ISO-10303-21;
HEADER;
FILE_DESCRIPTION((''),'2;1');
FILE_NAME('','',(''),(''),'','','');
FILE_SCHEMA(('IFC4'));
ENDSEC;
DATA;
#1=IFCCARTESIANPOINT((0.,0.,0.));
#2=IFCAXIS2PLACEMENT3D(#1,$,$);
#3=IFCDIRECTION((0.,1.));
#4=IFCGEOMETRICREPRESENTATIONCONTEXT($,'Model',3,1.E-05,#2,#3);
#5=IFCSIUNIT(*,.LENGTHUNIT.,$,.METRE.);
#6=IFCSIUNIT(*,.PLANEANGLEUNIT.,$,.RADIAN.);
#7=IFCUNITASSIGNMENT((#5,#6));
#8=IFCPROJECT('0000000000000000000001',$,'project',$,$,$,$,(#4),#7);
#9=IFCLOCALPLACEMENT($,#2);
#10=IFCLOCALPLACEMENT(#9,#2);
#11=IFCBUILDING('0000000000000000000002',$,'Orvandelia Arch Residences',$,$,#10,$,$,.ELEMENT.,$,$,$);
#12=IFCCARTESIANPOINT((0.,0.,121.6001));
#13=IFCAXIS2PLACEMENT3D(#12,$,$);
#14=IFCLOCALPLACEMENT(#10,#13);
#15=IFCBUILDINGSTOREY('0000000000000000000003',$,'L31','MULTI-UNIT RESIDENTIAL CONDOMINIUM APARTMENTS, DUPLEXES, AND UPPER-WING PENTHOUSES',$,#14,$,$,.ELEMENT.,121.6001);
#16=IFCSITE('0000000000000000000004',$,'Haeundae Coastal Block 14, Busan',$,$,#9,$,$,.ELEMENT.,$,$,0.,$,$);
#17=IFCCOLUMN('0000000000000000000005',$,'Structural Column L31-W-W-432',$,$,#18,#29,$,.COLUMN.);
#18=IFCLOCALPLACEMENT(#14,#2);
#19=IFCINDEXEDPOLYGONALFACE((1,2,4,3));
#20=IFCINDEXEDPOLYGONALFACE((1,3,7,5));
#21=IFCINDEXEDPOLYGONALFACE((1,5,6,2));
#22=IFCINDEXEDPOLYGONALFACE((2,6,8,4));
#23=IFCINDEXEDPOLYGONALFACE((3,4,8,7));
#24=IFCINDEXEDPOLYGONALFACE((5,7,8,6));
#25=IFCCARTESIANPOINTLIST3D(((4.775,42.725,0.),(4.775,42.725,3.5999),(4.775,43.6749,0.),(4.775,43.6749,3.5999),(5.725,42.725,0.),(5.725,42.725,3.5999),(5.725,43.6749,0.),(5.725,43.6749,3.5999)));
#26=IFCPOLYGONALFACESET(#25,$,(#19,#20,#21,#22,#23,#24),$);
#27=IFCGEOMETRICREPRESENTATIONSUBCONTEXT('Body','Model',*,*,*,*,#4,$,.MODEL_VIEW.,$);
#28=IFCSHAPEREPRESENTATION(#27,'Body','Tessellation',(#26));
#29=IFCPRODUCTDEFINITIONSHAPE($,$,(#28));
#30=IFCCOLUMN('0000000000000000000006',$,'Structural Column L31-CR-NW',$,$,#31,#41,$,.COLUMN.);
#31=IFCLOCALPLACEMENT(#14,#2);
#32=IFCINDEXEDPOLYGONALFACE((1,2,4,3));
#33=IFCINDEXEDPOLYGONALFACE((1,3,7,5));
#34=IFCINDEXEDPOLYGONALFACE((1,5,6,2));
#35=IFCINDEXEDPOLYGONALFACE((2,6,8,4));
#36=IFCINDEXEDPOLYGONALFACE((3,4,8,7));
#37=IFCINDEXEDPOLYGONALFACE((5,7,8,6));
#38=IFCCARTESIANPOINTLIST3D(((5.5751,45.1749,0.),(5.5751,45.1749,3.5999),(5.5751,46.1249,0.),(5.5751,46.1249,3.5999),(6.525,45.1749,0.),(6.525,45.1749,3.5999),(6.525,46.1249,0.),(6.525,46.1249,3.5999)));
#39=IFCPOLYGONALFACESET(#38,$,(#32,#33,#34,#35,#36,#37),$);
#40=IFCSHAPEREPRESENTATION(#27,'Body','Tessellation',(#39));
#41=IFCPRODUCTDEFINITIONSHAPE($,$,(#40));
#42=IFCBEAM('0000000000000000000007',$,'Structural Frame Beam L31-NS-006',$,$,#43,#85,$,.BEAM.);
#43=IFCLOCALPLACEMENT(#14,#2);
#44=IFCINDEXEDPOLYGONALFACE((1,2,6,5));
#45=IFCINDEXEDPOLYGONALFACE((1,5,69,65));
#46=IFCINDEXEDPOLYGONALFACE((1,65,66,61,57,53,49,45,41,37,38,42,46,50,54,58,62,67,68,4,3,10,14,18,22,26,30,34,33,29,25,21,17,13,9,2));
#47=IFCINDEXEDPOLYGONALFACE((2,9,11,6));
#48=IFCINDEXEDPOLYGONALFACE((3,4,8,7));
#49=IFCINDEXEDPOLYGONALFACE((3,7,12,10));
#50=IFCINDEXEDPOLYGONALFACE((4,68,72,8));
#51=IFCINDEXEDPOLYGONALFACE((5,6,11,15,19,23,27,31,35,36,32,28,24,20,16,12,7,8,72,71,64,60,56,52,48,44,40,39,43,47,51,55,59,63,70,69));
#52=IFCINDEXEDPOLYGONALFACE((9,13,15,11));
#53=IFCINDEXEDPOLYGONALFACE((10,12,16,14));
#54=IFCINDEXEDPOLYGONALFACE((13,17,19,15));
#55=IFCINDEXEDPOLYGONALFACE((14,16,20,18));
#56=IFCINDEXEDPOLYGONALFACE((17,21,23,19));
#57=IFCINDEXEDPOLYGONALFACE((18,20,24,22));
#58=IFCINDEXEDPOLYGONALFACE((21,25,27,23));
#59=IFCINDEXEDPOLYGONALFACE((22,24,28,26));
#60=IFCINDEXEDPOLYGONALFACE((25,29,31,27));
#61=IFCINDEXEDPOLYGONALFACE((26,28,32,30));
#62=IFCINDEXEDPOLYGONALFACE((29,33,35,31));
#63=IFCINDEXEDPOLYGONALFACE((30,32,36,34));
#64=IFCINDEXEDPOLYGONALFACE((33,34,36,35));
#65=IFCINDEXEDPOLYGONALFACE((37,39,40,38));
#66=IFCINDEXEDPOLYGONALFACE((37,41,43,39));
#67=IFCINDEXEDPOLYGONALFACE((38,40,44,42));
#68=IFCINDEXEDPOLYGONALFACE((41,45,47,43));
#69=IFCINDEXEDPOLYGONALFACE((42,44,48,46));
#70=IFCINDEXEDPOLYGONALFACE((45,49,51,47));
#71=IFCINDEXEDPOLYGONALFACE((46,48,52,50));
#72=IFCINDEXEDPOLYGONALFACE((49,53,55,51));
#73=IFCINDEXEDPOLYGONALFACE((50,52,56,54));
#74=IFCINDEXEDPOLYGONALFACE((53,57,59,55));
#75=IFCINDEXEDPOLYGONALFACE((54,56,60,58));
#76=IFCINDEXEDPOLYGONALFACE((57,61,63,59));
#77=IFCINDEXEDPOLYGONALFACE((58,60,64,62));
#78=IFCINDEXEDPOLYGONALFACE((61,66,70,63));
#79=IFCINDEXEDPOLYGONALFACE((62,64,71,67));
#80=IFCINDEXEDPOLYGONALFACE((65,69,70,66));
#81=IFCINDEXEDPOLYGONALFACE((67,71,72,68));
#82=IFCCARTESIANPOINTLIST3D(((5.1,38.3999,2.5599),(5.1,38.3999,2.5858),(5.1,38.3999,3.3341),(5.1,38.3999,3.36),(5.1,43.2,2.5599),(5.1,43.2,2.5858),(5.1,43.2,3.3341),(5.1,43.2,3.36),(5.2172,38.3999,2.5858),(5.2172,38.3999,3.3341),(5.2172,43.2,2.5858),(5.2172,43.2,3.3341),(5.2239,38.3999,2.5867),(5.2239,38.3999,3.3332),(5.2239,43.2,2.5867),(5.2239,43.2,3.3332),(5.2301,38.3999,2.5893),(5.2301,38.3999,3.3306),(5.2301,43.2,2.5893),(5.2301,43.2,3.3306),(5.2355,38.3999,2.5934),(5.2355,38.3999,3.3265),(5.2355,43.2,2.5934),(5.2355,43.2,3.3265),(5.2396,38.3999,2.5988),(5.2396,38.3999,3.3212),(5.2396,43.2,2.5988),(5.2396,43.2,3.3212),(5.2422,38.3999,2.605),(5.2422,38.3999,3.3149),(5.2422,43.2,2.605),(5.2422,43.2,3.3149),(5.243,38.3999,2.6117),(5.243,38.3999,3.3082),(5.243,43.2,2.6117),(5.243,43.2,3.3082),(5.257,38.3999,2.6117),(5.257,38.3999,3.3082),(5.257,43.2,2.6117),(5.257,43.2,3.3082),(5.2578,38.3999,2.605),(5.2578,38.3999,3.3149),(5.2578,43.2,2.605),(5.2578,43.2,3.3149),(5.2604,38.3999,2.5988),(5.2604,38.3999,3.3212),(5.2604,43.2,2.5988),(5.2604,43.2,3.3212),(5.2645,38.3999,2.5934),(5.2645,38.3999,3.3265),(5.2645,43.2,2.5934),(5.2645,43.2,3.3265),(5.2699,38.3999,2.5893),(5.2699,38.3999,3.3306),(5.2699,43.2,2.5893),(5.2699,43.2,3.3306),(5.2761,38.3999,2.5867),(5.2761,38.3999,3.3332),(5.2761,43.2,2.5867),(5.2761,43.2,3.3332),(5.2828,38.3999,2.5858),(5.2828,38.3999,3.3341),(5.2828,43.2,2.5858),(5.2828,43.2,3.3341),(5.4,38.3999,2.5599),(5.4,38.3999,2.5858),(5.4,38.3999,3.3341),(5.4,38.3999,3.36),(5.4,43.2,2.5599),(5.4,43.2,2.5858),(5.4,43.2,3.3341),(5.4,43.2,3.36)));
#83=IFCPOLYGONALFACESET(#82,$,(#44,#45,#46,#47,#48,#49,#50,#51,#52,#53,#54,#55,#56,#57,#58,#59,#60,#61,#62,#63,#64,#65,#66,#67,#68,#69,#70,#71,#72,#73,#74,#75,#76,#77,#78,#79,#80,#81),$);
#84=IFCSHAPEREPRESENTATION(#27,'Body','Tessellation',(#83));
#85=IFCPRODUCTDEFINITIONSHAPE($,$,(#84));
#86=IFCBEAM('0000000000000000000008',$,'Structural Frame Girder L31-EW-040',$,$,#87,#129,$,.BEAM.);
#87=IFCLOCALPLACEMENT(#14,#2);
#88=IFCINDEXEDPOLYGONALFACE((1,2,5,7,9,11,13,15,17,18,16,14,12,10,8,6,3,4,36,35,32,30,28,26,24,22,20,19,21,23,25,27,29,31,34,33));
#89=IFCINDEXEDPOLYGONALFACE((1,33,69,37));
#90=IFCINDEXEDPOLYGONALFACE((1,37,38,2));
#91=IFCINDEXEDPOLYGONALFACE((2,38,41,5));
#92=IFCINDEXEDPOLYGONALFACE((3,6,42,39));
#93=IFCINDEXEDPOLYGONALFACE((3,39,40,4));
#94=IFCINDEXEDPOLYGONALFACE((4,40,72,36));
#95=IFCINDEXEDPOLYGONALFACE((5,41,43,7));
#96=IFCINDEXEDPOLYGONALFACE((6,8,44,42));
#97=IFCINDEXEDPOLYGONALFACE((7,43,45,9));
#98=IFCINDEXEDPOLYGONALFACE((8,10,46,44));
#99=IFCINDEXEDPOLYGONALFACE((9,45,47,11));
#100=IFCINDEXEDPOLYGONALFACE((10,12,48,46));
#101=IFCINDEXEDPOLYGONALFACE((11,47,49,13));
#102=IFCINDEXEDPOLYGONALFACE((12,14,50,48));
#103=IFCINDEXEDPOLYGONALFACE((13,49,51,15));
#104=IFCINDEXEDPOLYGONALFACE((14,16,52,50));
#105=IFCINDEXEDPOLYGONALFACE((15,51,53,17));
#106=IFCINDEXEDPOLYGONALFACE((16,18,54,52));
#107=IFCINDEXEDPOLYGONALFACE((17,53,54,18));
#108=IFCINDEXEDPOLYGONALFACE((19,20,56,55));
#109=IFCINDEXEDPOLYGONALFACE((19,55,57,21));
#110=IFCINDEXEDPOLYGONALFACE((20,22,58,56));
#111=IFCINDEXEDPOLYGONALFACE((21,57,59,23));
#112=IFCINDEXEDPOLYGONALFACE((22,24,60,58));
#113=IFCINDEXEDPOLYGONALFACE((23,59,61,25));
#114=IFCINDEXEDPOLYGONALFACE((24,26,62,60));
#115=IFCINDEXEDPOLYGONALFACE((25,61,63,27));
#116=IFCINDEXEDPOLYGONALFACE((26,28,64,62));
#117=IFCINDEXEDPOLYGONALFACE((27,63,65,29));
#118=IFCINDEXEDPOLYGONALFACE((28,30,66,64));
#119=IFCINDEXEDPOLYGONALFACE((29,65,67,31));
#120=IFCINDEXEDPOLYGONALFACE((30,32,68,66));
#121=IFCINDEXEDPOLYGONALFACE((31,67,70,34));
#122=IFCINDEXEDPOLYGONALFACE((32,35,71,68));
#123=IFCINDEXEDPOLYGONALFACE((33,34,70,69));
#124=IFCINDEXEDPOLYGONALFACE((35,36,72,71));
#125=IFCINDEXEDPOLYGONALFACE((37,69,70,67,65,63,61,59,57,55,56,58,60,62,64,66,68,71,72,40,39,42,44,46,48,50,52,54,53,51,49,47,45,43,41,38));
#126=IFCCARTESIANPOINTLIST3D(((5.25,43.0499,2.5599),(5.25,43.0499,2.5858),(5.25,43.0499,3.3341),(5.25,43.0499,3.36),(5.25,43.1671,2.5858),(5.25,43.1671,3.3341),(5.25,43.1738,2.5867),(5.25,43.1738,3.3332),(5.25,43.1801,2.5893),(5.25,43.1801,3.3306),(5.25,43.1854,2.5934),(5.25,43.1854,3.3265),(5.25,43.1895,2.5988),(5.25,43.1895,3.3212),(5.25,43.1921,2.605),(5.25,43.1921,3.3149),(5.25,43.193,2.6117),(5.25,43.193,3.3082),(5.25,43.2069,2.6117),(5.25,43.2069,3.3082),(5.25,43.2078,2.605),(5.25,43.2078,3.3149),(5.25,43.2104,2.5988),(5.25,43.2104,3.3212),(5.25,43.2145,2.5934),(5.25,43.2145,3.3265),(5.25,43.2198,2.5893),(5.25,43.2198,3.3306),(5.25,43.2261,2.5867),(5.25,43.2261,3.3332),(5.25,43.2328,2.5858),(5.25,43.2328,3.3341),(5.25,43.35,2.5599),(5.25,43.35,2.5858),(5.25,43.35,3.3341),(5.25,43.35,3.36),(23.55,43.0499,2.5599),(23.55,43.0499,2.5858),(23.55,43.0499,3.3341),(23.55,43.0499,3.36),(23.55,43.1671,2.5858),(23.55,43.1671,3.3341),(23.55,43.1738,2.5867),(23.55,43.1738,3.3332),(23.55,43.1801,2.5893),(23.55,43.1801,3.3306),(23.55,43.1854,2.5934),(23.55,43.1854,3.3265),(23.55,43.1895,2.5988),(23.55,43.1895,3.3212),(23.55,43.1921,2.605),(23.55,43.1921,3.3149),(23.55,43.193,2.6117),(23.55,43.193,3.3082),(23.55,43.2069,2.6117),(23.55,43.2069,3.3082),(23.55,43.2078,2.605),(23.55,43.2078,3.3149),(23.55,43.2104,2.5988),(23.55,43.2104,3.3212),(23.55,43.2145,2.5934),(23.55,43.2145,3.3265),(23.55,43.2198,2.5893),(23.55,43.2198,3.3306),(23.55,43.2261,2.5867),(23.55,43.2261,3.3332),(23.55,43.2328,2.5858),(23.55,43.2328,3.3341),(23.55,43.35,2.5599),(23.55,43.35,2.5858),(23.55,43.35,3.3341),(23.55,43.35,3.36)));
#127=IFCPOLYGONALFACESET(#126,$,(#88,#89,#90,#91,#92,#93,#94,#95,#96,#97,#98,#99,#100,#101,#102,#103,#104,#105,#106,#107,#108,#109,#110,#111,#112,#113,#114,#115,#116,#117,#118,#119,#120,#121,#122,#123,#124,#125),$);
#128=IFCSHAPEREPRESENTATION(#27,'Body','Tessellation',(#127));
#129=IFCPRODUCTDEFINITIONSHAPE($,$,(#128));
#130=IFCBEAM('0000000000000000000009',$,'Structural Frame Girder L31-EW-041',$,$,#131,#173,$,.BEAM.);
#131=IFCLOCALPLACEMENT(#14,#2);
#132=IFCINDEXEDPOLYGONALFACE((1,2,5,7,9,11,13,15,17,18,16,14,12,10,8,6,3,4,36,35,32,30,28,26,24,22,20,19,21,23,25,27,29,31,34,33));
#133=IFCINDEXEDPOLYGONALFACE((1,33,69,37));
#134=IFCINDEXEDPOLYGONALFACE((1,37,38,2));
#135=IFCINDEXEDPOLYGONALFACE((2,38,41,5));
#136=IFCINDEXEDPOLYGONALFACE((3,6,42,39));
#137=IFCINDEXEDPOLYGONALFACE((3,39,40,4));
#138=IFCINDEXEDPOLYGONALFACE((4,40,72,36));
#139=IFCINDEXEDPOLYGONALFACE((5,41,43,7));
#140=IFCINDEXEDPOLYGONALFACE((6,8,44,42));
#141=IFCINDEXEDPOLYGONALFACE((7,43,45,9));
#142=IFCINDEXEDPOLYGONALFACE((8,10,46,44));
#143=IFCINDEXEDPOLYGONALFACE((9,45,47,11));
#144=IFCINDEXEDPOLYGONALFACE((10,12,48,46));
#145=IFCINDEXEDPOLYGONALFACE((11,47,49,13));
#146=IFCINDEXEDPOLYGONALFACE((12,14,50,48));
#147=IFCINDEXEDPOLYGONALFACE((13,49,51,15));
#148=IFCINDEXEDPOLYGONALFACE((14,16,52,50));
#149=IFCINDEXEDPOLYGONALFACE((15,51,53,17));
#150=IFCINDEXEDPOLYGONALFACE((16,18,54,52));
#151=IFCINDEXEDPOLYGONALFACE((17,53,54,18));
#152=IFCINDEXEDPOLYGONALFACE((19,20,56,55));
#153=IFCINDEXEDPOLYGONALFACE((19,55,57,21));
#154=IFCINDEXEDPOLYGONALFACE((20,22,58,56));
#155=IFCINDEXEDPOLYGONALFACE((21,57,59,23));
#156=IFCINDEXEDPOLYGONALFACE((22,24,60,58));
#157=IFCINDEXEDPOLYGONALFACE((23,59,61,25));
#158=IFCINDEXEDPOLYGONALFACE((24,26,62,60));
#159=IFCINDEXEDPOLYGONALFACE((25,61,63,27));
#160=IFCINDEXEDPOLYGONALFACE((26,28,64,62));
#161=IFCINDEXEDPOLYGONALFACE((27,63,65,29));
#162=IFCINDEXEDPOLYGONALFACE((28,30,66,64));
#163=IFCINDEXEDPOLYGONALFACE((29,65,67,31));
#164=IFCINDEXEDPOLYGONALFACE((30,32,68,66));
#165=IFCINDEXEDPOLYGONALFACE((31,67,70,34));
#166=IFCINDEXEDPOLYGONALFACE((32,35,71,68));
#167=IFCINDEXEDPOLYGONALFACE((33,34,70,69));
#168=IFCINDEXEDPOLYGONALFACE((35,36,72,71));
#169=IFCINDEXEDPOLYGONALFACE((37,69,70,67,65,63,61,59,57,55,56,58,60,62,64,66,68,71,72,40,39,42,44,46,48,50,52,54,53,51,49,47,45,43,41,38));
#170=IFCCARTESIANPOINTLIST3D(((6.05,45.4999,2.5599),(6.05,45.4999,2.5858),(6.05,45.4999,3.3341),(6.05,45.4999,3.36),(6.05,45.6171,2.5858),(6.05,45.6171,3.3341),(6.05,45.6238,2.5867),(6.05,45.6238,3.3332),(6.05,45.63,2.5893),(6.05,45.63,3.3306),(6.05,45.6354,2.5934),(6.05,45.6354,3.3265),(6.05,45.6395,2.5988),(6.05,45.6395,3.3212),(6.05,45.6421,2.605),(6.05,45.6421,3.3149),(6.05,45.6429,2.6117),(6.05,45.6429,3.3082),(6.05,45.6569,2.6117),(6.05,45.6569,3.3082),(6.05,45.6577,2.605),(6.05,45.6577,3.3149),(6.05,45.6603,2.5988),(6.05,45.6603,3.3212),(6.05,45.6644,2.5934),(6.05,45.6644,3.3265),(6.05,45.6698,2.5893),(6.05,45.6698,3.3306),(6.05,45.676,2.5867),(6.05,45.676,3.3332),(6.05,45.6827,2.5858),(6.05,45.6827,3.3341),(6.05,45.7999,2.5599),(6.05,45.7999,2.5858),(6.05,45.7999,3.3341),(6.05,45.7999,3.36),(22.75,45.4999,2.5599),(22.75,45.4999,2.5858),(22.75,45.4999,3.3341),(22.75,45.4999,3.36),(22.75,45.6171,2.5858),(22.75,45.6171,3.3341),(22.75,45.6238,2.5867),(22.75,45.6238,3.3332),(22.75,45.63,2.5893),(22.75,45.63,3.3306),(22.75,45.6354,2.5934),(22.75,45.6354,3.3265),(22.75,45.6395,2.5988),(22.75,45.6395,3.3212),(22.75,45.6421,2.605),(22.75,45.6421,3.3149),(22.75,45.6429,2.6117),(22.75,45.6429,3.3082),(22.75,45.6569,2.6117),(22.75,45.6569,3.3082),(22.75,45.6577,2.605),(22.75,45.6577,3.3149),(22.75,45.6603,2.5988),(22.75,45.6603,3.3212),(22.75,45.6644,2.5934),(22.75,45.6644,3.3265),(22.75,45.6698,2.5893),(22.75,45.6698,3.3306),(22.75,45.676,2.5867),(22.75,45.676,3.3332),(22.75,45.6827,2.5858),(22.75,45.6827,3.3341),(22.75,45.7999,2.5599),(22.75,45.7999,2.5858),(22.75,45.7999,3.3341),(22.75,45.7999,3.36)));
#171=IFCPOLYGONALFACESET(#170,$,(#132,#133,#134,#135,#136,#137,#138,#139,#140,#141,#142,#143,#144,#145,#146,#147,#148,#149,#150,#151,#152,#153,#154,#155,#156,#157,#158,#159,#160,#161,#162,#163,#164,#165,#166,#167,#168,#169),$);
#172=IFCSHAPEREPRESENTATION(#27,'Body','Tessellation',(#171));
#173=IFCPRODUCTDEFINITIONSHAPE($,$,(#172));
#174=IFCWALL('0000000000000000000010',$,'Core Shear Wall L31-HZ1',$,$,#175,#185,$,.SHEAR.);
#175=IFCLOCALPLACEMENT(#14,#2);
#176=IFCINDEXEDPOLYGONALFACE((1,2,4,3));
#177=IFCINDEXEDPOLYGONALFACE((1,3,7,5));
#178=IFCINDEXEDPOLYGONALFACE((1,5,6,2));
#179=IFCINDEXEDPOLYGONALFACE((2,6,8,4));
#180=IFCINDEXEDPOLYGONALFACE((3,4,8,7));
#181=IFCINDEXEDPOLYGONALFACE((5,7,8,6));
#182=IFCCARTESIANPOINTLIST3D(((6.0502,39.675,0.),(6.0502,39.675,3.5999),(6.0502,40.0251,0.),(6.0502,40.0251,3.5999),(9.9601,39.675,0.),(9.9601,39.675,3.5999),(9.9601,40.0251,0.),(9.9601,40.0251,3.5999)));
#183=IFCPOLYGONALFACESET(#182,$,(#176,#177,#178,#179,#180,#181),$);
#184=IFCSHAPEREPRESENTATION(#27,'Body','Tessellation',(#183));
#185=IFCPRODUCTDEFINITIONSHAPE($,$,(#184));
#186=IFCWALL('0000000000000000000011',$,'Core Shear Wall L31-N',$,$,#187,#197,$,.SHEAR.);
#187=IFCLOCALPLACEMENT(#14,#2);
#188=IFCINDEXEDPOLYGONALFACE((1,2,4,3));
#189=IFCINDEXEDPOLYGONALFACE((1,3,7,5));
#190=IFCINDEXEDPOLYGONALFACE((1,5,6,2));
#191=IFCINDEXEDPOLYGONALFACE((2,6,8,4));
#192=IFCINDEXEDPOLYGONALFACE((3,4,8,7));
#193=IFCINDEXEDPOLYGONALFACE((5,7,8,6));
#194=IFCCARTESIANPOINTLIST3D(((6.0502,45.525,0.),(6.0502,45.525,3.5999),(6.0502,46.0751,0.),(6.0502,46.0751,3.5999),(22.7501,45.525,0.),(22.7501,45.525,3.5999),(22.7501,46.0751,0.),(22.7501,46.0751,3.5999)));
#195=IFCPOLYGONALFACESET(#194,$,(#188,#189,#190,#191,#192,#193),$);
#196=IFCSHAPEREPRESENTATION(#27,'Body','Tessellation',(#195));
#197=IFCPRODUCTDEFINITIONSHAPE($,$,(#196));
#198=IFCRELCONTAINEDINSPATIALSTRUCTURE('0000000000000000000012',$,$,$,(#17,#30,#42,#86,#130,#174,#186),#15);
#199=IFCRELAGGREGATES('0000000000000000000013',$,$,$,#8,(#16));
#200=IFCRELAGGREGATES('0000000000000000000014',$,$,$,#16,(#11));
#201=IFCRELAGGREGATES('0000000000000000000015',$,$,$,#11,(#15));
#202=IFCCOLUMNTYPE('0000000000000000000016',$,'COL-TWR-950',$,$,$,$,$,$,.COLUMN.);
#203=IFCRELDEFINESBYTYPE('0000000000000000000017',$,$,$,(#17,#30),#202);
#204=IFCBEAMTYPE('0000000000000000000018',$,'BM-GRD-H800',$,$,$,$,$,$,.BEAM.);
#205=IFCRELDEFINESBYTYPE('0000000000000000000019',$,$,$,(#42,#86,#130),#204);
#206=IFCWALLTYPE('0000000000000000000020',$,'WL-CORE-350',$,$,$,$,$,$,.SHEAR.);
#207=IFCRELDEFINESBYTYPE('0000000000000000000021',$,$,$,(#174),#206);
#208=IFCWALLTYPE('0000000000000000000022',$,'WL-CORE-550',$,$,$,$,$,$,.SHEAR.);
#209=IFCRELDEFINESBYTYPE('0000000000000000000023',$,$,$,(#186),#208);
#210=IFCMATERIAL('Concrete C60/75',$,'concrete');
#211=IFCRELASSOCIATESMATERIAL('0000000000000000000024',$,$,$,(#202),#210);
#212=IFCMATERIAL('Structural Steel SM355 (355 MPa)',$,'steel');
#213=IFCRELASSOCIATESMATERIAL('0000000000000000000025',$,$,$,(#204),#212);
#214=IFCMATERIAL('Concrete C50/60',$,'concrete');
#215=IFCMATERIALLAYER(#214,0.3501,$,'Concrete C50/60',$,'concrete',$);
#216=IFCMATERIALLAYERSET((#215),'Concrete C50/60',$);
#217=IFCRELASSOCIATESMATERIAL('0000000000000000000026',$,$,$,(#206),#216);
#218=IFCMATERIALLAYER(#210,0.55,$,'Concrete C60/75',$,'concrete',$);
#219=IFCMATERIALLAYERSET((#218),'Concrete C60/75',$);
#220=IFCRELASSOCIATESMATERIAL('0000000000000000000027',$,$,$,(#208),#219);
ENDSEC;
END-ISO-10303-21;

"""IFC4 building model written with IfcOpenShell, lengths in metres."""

from ifc_helpers import new_model, si_unit, direction, frame, frame_2d, origin, origin_2d, place, context, subcontext, project, spatial, rectangle, i_section, extrude, material, layer, layer_set, material_profile, profile_set, type_object, element, save


model = new_model("IFC4")

# Units and contexts
model_context = context("Model", 3, precision=1e-05, world=origin(), true_north=direction((0.0, 1.0)))
body_context = subcontext(model_context, "Body", "Model", "MODEL_VIEW")
ifc_project = project(units=[si_unit("LENGTHUNIT", "METRE"), si_unit("PLANEANGLEUNIT", "RADIAN")], contexts=[model_context])

# Site, building, storey
site_placement = place(None, origin())
site = spatial("IfcSite", under=ifc_project, at=site_placement, Name="Haeundae Coastal Block 14, Busan", CompositionType="ELEMENT", RefElevation=0.0)
building_placement = place(site_placement, origin())
building = spatial("IfcBuilding", under=site, at=building_placement, Name="Orvandelia Arch Residences", CompositionType="ELEMENT")
storey_placement = place(building_placement, frame((0.0, 0.0, 121.6001)))
storey = spatial("IfcBuildingStorey", under=building, at=storey_placement, Name="L31", Description="MULTI-UNIT RESIDENTIAL CONDOMINIUM APARTMENTS, DUPLEXES, AND UPPER-WING PENTHOUSES", CompositionType="ELEMENT", Elevation=121.6001)

# Columns
ifc_material_1 = material(Name="Concrete C60/75", Category="concrete")
ifc_material_profile_1 = material_profile(ifc_material_1, rectangle(XDim=0.95, YDim=0.95, at=origin_2d()), Name="Concrete C60/75", Category="concrete")
ifc_profile_set_1 = profile_set([ifc_material_profile_1], Name="Concrete C60/75")
column_type = type_object("IfcColumnType", Name="COL-TWR-950", PredefinedType="COLUMN", material=ifc_profile_set_1)
for number, where, z_axis, x_axis, name in (
    (1, (5.25, 43.2, 0.0), (0.0, 0.0, 1.0), (1.0, 0.0, 0.0), "Structural Column L31-W-W-432"),
    (2, (6.05, 45.6499, 0.0), (0.0, 0.0, 1.0), (1.0, 0.0, 0.0), "Structural Column L31-CR-NW"),
):
    element("IfcColumn", number, at=place(storey_placement, frame(where, z_axis=z_axis, x_axis=x_axis)), inside=storey, type_object=column_type, Name=name, PredefinedType="COLUMN", context=body_context, shape_type="SweptSolid", body=[
        extrude(rectangle(XDim=0.95, YDim=0.95, at=origin_2d()), origin(), (0.0, 0.0, 1.0), 3.5999),
    ])

# Beams
ifc_material_2 = material(Name="Structural Steel SM355 (355 MPa)", Category="steel")
ifc_material_profile_2 = material_profile(ifc_material_2, i_section(OverallWidth=0.3, OverallDepth=0.8, WebThickness=0.0139, FlangeThickness=0.0259, FilletRadius=0.0259, at=origin_2d()), Name="Structural Steel SM355 (355 MPa)", Category="steel")
ifc_profile_set_2 = profile_set([ifc_material_profile_2], Name="Structural Steel SM355 (355 MPa)")
beam_type = type_object("IfcBeamType", Name="BM-GRD-H800", PredefinedType="BEAM", material=ifc_profile_set_2)
beam_1_placement = place(storey_placement, frame((5.25, 38.3999, 2.96), z_axis=(0.0, 1.0, 0.0), x_axis=(-1.0, 0.0, 0.0)))
element("IfcBeam", 3, at=beam_1_placement, inside=storey, type_object=beam_type, Name="Structural Frame Beam L31-NS-006", PredefinedType="BEAM", context=body_context, shape_type="SweptSolid", body=[
    extrude(i_section(OverallWidth=0.3, OverallDepth=0.8, WebThickness=0.0139, FlangeThickness=0.0259, FilletRadius=0.0259, at=origin_2d()), origin(), (0.0, 0.0, 1.0), 4.8),
])
beam_2_placement = place(storey_placement, frame((5.25, 43.2, 2.96), z_axis=(1.0, 0.0, 0.0), x_axis=(0.0, 1.0, 0.0)))
element("IfcBeam", 4, at=beam_2_placement, inside=storey, type_object=beam_type, Name="Structural Frame Girder L31-EW-040", PredefinedType="BEAM", context=body_context, shape_type="SweptSolid", body=[
    extrude(i_section(OverallWidth=0.3, OverallDepth=0.8, WebThickness=0.0139, FlangeThickness=0.0259, FilletRadius=0.0259, at=origin_2d()), origin(), (0.0, 0.0, 1.0), 18.3),
])
beam_3_placement = place(storey_placement, frame((6.05, 45.6499, 2.96), z_axis=(1.0, 0.0, 0.0), x_axis=(0.0, 1.0, 0.0)))
element("IfcBeam", 5, at=beam_3_placement, inside=storey, type_object=beam_type, Name="Structural Frame Girder L31-EW-041", PredefinedType="BEAM", context=body_context, shape_type="SweptSolid", body=[
    extrude(i_section(OverallWidth=0.3, OverallDepth=0.8, WebThickness=0.0139, FlangeThickness=0.0259, FilletRadius=0.0259, at=origin_2d()), origin(), (0.0, 0.0, 1.0), 16.7),
])

# Walls
ifc_material_3 = material(Name="Concrete C50/60", Category="concrete")
ifc_layer_1 = layer(ifc_material_3, 0.3501, Name="Concrete C50/60", Category="concrete")
ifc_layer_set_1 = layer_set([ifc_layer_1], Name="Concrete C50/60")
wall_type_1 = type_object("IfcWallType", Name="WL-CORE-350", PredefinedType="SHEAR", material=ifc_layer_set_1)
wall_1_placement = place(storey_placement, frame((6.05, 39.8501, 0.0), z_axis=(0.0, 0.0, 1.0), x_axis=(1.0, 0.0, 0.0)))
element("IfcWall", 6, at=wall_1_placement, inside=storey, type_object=wall_type_1, Name="Core Shear Wall L31-HZ1", PredefinedType="SHEAR", context=body_context, shape_type="SweptSolid", body=[
    extrude(rectangle(XDim=3.9099, YDim=0.3501, at=frame_2d((1.9551, 0.0))), origin(), (0.0, 0.0, 1.0), 3.5999),
])
ifc_layer_2 = layer(ifc_material_1, 0.55, Name="Concrete C60/75", Category="concrete")
ifc_layer_set_2 = layer_set([ifc_layer_2], Name="Concrete C60/75")
wall_type_2 = type_object("IfcWallType", Name="WL-CORE-550", PredefinedType="SHEAR", material=ifc_layer_set_2)
wall_2_placement = place(storey_placement, frame((6.05, 45.8, 0.0), z_axis=(0.0, 0.0, 1.0), x_axis=(1.0, 0.0, 0.0)))
element("IfcWall", 7, at=wall_2_placement, inside=storey, type_object=wall_type_2, Name="Core Shear Wall L31-N", PredefinedType="SHEAR", context=body_context, shape_type="SweptSolid", body=[
    extrude(rectangle(XDim=16.7, YDim=0.55, at=frame_2d((8.3501, 0.0))), origin(), (0.0, 0.0, 1.0), 3.5999),
])

save(model, "model.ifc")
